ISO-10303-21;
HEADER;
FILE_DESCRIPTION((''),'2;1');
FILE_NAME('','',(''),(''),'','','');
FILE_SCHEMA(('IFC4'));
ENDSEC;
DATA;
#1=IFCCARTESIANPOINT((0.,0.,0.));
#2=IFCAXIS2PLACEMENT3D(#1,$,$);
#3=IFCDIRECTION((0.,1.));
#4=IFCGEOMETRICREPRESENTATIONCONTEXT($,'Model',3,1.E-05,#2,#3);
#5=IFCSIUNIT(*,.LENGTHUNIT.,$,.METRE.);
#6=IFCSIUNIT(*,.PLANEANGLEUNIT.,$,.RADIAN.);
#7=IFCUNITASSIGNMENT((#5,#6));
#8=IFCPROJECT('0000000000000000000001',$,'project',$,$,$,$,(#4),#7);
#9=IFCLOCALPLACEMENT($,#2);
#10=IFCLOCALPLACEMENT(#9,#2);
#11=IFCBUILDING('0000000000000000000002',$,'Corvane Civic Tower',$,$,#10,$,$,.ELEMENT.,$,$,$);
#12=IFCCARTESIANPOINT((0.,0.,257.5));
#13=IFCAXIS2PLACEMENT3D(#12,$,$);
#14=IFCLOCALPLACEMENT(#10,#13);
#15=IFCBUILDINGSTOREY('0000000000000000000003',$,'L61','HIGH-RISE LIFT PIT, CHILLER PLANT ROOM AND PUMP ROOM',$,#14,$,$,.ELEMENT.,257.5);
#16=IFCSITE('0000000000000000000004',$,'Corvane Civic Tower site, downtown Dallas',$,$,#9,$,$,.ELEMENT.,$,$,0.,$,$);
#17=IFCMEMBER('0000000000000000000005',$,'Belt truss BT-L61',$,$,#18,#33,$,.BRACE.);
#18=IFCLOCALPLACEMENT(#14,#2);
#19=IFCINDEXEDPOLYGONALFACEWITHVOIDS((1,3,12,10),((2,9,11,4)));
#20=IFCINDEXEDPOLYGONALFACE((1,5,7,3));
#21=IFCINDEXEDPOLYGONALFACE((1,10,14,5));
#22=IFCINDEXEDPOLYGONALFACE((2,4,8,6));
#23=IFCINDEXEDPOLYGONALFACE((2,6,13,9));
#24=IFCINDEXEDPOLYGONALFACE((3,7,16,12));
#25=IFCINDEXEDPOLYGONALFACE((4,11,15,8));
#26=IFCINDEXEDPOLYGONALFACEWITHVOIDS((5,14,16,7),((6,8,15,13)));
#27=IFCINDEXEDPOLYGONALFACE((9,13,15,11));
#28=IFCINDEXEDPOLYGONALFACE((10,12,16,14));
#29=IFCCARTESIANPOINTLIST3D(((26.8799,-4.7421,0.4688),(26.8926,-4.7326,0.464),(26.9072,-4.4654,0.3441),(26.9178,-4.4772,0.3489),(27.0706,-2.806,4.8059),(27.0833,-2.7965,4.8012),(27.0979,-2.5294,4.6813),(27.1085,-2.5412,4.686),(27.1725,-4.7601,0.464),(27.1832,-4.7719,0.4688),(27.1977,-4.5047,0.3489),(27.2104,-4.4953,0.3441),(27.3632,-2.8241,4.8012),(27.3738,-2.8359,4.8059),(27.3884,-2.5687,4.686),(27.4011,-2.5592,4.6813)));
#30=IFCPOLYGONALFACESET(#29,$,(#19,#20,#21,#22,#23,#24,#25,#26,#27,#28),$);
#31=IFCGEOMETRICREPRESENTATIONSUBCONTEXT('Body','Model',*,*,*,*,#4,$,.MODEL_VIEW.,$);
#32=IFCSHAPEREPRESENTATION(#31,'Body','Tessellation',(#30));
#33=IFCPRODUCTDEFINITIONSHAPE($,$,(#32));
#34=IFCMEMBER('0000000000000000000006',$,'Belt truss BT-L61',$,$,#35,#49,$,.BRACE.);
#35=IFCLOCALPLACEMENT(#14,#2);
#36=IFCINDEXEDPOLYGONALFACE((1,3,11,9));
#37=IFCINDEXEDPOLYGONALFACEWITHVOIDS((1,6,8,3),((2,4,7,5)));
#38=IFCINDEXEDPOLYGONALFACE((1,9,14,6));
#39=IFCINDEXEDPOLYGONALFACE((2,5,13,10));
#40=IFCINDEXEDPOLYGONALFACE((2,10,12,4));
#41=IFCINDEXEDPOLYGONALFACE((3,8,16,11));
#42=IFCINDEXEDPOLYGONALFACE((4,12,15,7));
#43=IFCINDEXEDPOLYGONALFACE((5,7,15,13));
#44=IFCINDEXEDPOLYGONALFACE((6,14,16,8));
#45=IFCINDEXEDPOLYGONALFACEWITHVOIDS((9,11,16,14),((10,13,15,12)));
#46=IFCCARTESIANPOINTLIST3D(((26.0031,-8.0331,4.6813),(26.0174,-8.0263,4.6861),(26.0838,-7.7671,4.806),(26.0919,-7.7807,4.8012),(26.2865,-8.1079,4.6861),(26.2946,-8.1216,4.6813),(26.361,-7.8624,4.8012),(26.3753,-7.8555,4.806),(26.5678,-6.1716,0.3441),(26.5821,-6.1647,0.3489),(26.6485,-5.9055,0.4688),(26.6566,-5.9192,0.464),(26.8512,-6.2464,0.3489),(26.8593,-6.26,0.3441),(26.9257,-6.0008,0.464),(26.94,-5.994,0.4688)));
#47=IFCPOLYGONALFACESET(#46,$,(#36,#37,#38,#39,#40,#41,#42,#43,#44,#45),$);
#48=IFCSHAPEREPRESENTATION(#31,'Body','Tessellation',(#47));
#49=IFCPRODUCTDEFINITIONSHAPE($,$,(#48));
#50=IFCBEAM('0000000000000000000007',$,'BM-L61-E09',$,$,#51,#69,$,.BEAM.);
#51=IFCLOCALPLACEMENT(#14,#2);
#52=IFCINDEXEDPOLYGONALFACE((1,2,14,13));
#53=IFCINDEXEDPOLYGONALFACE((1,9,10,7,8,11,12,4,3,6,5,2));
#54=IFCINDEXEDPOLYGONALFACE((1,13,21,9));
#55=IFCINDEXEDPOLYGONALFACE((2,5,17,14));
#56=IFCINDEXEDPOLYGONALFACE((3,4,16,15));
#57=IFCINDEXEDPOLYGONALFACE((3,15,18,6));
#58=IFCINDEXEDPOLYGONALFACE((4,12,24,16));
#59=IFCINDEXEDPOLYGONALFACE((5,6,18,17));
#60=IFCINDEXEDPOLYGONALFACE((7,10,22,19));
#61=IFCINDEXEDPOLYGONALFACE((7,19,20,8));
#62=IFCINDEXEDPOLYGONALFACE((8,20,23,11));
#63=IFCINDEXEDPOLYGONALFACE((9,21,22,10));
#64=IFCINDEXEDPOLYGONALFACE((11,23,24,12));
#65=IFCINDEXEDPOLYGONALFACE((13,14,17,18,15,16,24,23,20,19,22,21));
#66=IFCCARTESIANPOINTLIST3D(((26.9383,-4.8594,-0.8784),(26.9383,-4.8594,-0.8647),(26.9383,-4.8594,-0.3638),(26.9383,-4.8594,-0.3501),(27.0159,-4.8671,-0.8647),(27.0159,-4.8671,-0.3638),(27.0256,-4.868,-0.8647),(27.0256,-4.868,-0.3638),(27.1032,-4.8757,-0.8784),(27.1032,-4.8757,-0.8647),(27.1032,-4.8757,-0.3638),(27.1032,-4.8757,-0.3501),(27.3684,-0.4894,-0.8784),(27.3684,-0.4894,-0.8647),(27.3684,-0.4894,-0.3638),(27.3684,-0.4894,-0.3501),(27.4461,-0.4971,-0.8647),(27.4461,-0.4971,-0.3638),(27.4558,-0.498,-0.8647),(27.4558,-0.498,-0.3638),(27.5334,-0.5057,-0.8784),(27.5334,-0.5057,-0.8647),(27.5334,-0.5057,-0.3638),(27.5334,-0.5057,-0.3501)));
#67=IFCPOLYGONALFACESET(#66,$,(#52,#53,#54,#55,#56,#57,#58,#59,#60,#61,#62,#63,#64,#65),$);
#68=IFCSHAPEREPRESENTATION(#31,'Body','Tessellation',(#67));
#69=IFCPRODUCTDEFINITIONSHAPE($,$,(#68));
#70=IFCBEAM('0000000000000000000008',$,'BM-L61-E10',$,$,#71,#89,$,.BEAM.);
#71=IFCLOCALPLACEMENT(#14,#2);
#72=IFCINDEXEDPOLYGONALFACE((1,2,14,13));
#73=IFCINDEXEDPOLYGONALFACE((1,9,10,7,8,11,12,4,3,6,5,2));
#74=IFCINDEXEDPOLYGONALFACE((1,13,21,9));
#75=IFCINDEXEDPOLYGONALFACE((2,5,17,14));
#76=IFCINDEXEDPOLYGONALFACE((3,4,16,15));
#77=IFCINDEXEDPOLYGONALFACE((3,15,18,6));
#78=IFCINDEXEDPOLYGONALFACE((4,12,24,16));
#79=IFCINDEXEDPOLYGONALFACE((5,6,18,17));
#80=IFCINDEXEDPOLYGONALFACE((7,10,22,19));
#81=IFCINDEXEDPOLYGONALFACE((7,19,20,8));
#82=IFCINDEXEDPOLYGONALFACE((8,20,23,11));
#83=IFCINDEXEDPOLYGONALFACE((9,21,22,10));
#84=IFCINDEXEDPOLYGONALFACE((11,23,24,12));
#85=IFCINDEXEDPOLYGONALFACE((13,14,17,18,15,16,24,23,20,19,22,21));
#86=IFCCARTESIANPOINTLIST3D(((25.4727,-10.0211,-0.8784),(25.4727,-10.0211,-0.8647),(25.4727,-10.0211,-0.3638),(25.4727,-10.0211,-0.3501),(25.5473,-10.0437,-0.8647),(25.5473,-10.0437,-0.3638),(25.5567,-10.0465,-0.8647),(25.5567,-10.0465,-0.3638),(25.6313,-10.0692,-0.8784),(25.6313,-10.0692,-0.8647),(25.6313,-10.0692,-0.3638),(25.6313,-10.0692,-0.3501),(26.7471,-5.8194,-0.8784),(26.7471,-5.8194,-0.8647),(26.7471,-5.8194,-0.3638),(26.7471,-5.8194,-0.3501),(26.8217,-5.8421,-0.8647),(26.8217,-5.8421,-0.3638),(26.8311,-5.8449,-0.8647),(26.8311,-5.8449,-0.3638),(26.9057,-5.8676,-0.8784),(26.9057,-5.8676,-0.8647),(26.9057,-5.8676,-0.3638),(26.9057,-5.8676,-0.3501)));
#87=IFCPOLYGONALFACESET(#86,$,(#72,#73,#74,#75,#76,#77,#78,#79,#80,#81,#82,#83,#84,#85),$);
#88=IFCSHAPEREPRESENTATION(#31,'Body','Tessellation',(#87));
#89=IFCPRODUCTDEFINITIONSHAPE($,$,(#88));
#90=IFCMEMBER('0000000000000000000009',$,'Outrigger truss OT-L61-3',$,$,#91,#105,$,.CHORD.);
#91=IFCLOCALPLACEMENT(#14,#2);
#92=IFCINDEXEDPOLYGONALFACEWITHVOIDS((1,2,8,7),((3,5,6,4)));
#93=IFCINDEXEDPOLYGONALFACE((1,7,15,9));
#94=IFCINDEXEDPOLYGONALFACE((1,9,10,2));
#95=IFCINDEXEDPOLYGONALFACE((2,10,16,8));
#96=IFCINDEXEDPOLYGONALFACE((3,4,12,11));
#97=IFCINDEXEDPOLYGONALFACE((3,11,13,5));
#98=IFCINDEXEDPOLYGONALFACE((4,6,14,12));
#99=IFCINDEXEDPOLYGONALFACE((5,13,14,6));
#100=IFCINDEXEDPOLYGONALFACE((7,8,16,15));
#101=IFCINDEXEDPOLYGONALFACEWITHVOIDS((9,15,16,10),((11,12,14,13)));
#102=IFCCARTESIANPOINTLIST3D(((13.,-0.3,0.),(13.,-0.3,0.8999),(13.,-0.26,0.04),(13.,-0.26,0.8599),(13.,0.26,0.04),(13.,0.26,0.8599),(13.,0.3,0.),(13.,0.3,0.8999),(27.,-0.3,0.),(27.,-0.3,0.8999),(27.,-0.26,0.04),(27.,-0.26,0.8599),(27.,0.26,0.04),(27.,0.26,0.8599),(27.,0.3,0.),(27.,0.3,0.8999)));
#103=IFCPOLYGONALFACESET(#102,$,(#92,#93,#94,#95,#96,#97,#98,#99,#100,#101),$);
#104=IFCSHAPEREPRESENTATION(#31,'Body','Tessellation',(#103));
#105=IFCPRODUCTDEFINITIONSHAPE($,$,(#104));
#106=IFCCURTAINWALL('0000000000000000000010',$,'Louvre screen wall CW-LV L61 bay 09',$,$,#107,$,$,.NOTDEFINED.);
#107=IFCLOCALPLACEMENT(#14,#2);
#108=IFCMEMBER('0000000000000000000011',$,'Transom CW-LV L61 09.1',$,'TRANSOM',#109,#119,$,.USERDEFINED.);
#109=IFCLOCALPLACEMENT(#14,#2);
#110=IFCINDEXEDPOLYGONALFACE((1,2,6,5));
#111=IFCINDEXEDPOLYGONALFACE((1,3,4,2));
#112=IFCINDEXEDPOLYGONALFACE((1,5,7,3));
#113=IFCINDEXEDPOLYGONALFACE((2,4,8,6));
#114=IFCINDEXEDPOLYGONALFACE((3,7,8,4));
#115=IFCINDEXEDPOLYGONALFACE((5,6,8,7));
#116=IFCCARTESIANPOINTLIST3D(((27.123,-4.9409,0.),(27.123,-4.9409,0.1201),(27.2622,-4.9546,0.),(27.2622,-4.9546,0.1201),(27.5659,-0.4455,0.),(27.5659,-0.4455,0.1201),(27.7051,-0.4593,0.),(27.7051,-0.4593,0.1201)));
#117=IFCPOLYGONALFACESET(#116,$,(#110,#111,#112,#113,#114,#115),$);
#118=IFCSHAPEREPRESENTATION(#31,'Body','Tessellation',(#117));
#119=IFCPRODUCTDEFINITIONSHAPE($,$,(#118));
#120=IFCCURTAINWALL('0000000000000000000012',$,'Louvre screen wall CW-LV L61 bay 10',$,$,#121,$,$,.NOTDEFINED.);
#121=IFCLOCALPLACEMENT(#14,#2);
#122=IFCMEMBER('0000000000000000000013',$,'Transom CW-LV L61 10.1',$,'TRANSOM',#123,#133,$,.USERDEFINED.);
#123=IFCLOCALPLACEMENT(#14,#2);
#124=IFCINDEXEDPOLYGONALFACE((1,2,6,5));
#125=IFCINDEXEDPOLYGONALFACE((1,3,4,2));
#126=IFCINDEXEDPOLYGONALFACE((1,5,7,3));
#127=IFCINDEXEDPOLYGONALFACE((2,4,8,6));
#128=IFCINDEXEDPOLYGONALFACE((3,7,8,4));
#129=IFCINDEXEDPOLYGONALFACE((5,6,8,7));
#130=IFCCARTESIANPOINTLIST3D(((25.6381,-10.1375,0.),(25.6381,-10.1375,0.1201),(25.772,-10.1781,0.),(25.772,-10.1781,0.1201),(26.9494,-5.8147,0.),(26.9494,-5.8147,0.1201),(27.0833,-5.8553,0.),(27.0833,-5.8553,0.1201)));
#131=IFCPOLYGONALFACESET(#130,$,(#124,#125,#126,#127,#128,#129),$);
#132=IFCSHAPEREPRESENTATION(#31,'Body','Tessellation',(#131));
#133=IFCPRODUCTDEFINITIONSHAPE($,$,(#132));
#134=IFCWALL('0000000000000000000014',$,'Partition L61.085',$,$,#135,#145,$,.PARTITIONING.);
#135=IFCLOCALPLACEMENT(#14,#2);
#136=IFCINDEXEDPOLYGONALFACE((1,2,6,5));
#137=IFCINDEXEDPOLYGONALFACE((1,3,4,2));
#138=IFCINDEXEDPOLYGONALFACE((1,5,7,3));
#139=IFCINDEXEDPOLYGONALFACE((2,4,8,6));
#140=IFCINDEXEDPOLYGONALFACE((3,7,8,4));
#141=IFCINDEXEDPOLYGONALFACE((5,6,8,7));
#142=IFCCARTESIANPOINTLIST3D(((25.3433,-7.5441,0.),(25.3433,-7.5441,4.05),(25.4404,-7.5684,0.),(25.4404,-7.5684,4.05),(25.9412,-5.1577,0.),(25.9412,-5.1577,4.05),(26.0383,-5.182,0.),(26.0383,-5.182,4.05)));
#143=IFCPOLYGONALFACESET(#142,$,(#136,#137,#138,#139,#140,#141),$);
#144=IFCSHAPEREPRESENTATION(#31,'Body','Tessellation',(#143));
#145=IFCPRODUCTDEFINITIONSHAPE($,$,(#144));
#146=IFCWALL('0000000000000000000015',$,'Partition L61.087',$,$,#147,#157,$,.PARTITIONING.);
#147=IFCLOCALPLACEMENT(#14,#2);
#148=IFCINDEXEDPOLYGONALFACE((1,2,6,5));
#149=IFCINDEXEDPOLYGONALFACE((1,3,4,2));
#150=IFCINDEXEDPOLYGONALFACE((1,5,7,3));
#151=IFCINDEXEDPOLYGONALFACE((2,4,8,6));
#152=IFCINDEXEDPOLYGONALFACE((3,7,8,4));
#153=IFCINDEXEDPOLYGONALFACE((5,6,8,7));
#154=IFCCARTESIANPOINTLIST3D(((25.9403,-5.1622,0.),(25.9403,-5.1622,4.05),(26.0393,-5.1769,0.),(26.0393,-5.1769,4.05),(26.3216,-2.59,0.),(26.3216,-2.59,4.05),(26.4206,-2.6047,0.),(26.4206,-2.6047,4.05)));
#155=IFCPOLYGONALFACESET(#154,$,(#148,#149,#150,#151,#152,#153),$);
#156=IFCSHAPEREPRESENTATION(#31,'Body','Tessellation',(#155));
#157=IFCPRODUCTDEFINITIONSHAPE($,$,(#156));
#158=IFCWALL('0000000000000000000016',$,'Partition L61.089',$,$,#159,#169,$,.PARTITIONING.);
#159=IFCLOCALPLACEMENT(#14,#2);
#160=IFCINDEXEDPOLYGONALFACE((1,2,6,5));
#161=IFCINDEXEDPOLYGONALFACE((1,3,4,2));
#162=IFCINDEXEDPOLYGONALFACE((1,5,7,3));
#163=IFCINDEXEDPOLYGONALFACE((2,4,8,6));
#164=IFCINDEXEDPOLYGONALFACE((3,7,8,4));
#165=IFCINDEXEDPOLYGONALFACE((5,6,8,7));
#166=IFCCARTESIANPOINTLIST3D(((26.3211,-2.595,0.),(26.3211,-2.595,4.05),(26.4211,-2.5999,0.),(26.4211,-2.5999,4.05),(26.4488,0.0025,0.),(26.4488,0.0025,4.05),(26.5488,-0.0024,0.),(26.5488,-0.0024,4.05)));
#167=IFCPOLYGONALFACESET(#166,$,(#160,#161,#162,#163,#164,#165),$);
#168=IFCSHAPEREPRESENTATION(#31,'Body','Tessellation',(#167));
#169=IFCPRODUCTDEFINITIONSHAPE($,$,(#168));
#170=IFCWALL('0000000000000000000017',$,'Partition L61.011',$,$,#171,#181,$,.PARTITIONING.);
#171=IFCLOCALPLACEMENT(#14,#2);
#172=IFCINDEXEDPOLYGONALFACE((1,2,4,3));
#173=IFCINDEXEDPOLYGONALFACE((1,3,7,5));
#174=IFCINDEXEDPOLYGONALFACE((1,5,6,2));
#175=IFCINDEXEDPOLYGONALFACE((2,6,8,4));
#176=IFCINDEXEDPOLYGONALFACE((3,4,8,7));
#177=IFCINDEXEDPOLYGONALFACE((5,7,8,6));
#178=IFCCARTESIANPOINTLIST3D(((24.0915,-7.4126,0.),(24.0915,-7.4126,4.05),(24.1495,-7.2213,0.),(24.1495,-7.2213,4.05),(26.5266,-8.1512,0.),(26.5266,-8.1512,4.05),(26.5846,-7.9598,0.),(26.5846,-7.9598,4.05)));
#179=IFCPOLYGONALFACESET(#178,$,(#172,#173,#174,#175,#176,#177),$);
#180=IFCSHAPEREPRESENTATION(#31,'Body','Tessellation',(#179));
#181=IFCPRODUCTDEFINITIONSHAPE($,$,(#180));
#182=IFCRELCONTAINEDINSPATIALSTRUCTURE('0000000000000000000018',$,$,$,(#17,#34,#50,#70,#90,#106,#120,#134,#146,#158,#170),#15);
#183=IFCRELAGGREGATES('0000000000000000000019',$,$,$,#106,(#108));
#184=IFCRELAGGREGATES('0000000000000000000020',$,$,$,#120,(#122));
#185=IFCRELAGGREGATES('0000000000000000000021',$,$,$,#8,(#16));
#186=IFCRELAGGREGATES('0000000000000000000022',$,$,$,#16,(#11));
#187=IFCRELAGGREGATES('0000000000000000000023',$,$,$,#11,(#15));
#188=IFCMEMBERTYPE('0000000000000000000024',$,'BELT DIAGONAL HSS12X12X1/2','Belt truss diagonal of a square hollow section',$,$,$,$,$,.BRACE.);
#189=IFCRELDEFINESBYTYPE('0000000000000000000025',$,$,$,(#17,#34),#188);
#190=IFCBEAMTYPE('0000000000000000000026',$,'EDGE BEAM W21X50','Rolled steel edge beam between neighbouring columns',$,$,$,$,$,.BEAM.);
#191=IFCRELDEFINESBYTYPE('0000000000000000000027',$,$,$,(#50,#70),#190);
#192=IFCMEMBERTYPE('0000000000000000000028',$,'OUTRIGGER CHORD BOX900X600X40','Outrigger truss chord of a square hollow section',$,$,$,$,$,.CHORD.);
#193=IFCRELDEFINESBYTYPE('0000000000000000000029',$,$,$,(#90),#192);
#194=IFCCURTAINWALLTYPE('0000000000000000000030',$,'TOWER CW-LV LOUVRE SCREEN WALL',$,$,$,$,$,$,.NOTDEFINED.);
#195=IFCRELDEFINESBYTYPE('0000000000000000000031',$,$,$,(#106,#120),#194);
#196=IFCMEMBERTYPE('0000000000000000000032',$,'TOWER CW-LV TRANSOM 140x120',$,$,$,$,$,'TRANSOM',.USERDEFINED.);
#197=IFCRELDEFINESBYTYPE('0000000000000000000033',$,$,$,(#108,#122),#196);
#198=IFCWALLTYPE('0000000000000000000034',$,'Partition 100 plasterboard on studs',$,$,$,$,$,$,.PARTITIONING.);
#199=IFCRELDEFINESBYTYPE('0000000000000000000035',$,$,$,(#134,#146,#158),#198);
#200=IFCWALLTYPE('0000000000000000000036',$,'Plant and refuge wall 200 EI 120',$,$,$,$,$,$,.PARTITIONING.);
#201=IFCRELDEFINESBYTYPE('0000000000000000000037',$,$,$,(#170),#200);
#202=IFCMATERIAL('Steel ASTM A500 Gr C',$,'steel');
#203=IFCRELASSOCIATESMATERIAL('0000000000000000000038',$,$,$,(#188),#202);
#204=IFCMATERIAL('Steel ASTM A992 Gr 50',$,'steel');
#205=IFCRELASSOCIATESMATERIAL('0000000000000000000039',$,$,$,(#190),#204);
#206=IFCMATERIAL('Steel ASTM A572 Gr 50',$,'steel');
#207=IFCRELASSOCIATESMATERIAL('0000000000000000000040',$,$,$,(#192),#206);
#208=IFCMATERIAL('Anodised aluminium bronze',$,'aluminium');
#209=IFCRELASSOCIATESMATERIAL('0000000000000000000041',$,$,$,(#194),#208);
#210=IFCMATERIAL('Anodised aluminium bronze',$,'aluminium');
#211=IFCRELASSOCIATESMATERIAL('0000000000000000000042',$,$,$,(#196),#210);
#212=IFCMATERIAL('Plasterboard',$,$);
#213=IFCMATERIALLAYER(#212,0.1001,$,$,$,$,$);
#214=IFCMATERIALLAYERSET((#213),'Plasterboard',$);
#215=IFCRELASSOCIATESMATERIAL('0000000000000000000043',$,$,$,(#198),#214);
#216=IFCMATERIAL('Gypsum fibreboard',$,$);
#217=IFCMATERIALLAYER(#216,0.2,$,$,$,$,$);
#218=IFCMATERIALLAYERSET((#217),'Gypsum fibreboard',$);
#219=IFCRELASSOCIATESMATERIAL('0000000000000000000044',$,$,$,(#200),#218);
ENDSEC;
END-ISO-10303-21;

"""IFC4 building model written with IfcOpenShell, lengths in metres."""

from ifc_helpers import new_model, si_unit, direction, frame, frame_2d, origin, origin_2d, place, context, subcontext, project, spatial, rectangle, hollow_rectangle, i_section, extrude, material, layer, layer_set, material_profile, profile_set, type_object, element, aggregate, save


model = new_model("IFC4")

# Units and contexts
model_context = context("Model", 3, precision=1e-05, world=origin(), true_north=direction((0.0, 1.0)))
body_context = subcontext(model_context, "Body", "Model", "MODEL_VIEW")
ifc_project = project(units=[si_unit("LENGTHUNIT", "METRE"), si_unit("PLANEANGLEUNIT", "RADIAN")], contexts=[model_context])

# Site, building, storey
site_placement = place(None, origin())
site = spatial("IfcSite", under=ifc_project, at=site_placement, Name="Corvane Civic Tower site, downtown Dallas", CompositionType="ELEMENT", RefElevation=0.0)
building_placement = place(site_placement, origin())
building = spatial("IfcBuilding", under=site, at=building_placement, Name="Corvane Civic Tower", CompositionType="ELEMENT")
storey_placement = place(building_placement, frame((0.0, 0.0, 257.5)))
storey = spatial("IfcBuildingStorey", under=building, at=storey_placement, Name="L61", Description="HIGH-RISE LIFT PIT, CHILLER PLANT ROOM AND PUMP ROOM", CompositionType="ELEMENT", Elevation=257.5)

# Members
ifc_material_1 = material(Name="Steel ASTM A500 Gr C", Category="steel")
ifc_material_profile_1 = material_profile(ifc_material_1, hollow_rectangle(XDim=0.3047, YDim=0.3047, WallThickness=0.0117, at=origin_2d()), Name="HSS12X12X1/2")
ifc_profile_set_1 = profile_set([ifc_material_profile_1], Name="Steel ASTM A500 Gr C")
member_type_1 = type_object("IfcMemberType", Name="BELT DIAGONAL HSS12X12X1/2", Description="Belt truss diagonal of a square hollow section", PredefinedType="BRACE", material=ifc_profile_set_1)
for number, where, z_axis, x_axis, name in (
    (1, (27.0452, -4.6187, 0.4065), (0.040113, 0.407288, 0.912418), (-0.995185, 0.098013, 0.0), "Belt truss BT-L61"),
    (2, (26.7539, -6.0828, 0.4065), (-0.118797, -0.391626, 0.912423), (0.956941, -0.290283, 0.0), "Belt truss BT-L61"),
):
    element("IfcMember", number, at=place(storey_placement, frame(where, z_axis=z_axis, x_axis=x_axis)), inside=storey, type_object=member_type_1, Name=name, PredefinedType="BRACE", context=body_context, shape_type="SweptSolid", body=[
        extrude(hollow_rectangle(XDim=0.3047, YDim=0.3047, WallThickness=0.0117, at=origin_2d()), origin(), (0.0, 0.0, 1.0), 4.7534),
    ])

# Beams
ifc_material_2 = material(Name="Steel ASTM A992 Gr 50", Category="steel")
ifc_material_profile_2 = material_profile(ifc_material_2, i_section(OverallWidth=0.1658, OverallDepth=0.5283, WebThickness=0.0098, FlangeThickness=0.0137, at=origin_2d()), Name="W21X50")
ifc_profile_set_2 = profile_set([ifc_material_profile_2], Name="Steel ASTM A992 Gr 50")
beam_type = type_object("IfcBeamType", Name="EDGE BEAM W21X50", Description="Rolled steel edge beam between neighbouring columns", PredefinedType="BEAM", material=ifc_profile_set_2)
beam_1_placement = place(storey_placement, frame((27.4509, -0.4976, -0.6143), z_axis=(-0.097968, -0.99519, 0.0), x_axis=(0.99519, -0.097968, 0.0)))
element("IfcBeam", 3, at=beam_1_placement, inside=storey, type_object=beam_type, Name="BM-L61-E09", PredefinedType="BEAM", context=body_context, shape_type="SweptSolid", body=[
    extrude(i_section(OverallWidth=0.1658, OverallDepth=0.5283, WebThickness=0.0098, FlangeThickness=0.0137, at=origin_2d()), origin(), (0.0, 0.0, 1.0), 4.3911),
])
beam_2_placement = place(storey_placement, frame((26.8264, -5.8435, -0.6143), z_axis=(-0.290254, -0.95695, 0.0), x_axis=(0.95695, -0.290254, 0.0)))
element("IfcBeam", 4, at=beam_2_placement, inside=storey, type_object=beam_type, Name="BM-L61-E10", PredefinedType="BEAM", context=body_context, shape_type="SweptSolid", body=[
    extrude(i_section(OverallWidth=0.1658, OverallDepth=0.5283, WebThickness=0.0098, FlangeThickness=0.0137, at=origin_2d()), origin(), (0.0, 0.0, 1.0), 4.3906),
])

# Member
ifc_material_3 = material(Name="Steel ASTM A572 Gr 50", Category="steel")
ifc_material_profile_3 = material_profile(ifc_material_3, hollow_rectangle(XDim=0.6001, YDim=0.8999, WallThickness=0.04, at=origin_2d()), Name="BOX900X600X40")
ifc_profile_set_3 = profile_set([ifc_material_profile_3], Name="Steel ASTM A572 Gr 50")
member_type_2 = type_object("IfcMemberType", Name="OUTRIGGER CHORD BOX900X600X40", Description="Outrigger truss chord of a square hollow section", PredefinedType="CHORD", material=ifc_profile_set_3)
member_1_placement = place(storey_placement, frame((13.0, 0.0, 0.45), z_axis=(1.0, 0.0, 0.0), x_axis=(0.0, 1.0, 0.0)))
element("IfcMember", 5, at=member_1_placement, inside=storey, type_object=member_type_2, Name="Outrigger truss OT-L61-3", PredefinedType="CHORD", context=body_context, shape_type="SweptSolid", body=[
    extrude(hollow_rectangle(XDim=0.6001, YDim=0.8999, WallThickness=0.04, at=origin_2d()), origin(), (0.0, 0.0, 1.0), 14.0),
])

# Curtain walls, members
ifc_material_4 = material(Name="Anodised aluminium bronze", Category="aluminium")
curtain_wall_type = type_object("IfcCurtainWallType", Name="TOWER CW-LV LOUVRE SCREEN WALL", PredefinedType="NOTDEFINED", material=ifc_material_4)
curtain_wall_1_placement = place(storey_placement, origin())
curtain_wall_1 = element("IfcCurtainWall", 6, at=curtain_wall_1_placement, inside=storey, type_object=curtain_wall_type, Name="Louvre screen wall CW-LV L61 bay 09", PredefinedType="NOTDEFINED")
ifc_material_5 = material(Name="Anodised aluminium bronze", Category="aluminium")
ifc_material_profile_4 = material_profile(ifc_material_5, rectangle(XDim=0.1399, YDim=0.1201, at=origin_2d()), Name="TOWER CW-LV TRANSOM 140x120")
ifc_profile_set_4 = profile_set([ifc_material_profile_4], Name="Anodised aluminium bronze")
member_type_3 = type_object("IfcMemberType", Name="TOWER CW-LV TRANSOM 140x120", ElementType="TRANSOM", PredefinedType="USERDEFINED", material=ifc_profile_set_4)
member_2_placement = place(storey_placement, frame((27.6355, -0.4524, 0.0601), z_axis=(-0.098043, -0.995182, 0.0), x_axis=(0.995182, -0.098043, 0.0)))
member_2 = element("IfcMember", 7, at=member_2_placement, type_object=member_type_3, Name="Transom CW-LV L61 09.1", ObjectType="TRANSOM", PredefinedType="USERDEFINED", context=body_context, shape_type="SweptSolid", body=[
    extrude(rectangle(XDim=0.1399, YDim=0.1201, at=origin_2d()), origin(), (0.0, 0.0, 1.0), 4.5171),
])
curtain_wall_2_placement = place(storey_placement, origin())
curtain_wall_2 = element("IfcCurtainWall", 8, at=curtain_wall_2_placement, inside=storey, type_object=curtain_wall_type, Name="Louvre screen wall CW-LV L61 bay 10", PredefinedType="NOTDEFINED")
member_3_placement = place(storey_placement, frame((27.0164, -5.835, 0.0601), z_axis=(-0.290282, -0.956941, 0.0), x_axis=(0.956941, -0.290282, 0.0)))
member_3 = element("IfcMember", 9, at=member_3_placement, type_object=member_type_3, Name="Transom CW-LV L61 10.1", ObjectType="TRANSOM", PredefinedType="USERDEFINED", context=body_context, shape_type="SweptSolid", body=[
    extrude(rectangle(XDim=0.1399, YDim=0.1201, at=origin_2d()), origin(), (0.0, 0.0, 1.0), 4.5173),
])

# Walls
ifc_material_6 = material(Name="Plasterboard")
ifc_layer_1 = layer(ifc_material_6, 0.1001)
ifc_layer_set_1 = layer_set([ifc_layer_1], Name="Plasterboard")
wall_type_1 = type_object("IfcWallType", Name="Partition 100 plasterboard on studs", PredefinedType="PARTITIONING", material=ifc_layer_set_1)
wall_1_placement = place(storey_placement, frame((25.3918, -7.5562, 0.0), z_axis=(0.0, 0.0, 1.0), x_axis=(0.243026, 0.97002, 0.0)))
element("IfcWall", 10, at=wall_1_placement, inside=storey, type_object=wall_type_1, Name="Partition L61.085", PredefinedType="PARTITIONING", context=body_context, shape_type="SweptSolid", body=[
    extrude(rectangle(XDim=2.4602, YDim=0.1001, at=frame_2d((1.23, 0.0))), origin(), (0.0, 0.0, 1.0), 4.05),
])
wall_2_placement = place(storey_placement, frame((25.9897, -5.1697, 0.0), z_axis=(0.0, 0.0, 1.0), x_axis=(0.146651, 0.989188, 0.0)))
element("IfcWall", 11, at=wall_2_placement, inside=storey, type_object=wall_type_1, Name="Partition L61.087", PredefinedType="PARTITIONING", context=body_context, shape_type="SweptSolid", body=[
    extrude(rectangle(XDim=2.6003, YDim=0.1001, at=frame_2d((1.3003, 0.0))), origin(), (0.0, 0.0, 1.0), 4.05),
])
wall_3_placement = place(storey_placement, frame((26.3711, -2.5974, 0.0), z_axis=(0.0, 0.0, 1.0), x_axis=(0.049099, 0.998794, 0.0)))
element("IfcWall", 12, at=wall_3_placement, inside=storey, type_object=wall_type_1, Name="Partition L61.089", PredefinedType="PARTITIONING", context=body_context, shape_type="SweptSolid", body=[
    extrude(rectangle(XDim=2.6006, YDim=0.1001, at=frame_2d((1.3003, 0.0))), origin(), (0.0, 0.0, 1.0), 4.05),
])
ifc_material_7 = material(Name="Gypsum fibreboard")
ifc_layer_2 = layer(ifc_material_7, 0.2)
ifc_layer_set_2 = layer_set([ifc_layer_2], Name="Gypsum fibreboard")
wall_type_2 = type_object("IfcWallType", Name="Plant and refuge wall 200 EI 120", PredefinedType="PARTITIONING", material=ifc_layer_set_2)
wall_4_placement = place(storey_placement, frame((24.1204, -7.3169, 0.0), z_axis=(0.0, 0.0, 1.0), x_axis=(0.956956, -0.290234, 0.0)))
element("IfcWall", 13, at=wall_4_placement, inside=storey, type_object=wall_type_2, Name="Partition L61.011", PredefinedType="PARTITIONING", context=body_context, shape_type="SweptSolid", body=[
    extrude(rectangle(XDim=2.5447, YDim=0.2, at=frame_2d((1.2725, 0.0))), origin(), (0.0, 0.0, 1.0), 4.05),
])

aggregate(curtain_wall_1, [member_2])
aggregate(curtain_wall_2, [member_3])

save(model, "model.ifc")
